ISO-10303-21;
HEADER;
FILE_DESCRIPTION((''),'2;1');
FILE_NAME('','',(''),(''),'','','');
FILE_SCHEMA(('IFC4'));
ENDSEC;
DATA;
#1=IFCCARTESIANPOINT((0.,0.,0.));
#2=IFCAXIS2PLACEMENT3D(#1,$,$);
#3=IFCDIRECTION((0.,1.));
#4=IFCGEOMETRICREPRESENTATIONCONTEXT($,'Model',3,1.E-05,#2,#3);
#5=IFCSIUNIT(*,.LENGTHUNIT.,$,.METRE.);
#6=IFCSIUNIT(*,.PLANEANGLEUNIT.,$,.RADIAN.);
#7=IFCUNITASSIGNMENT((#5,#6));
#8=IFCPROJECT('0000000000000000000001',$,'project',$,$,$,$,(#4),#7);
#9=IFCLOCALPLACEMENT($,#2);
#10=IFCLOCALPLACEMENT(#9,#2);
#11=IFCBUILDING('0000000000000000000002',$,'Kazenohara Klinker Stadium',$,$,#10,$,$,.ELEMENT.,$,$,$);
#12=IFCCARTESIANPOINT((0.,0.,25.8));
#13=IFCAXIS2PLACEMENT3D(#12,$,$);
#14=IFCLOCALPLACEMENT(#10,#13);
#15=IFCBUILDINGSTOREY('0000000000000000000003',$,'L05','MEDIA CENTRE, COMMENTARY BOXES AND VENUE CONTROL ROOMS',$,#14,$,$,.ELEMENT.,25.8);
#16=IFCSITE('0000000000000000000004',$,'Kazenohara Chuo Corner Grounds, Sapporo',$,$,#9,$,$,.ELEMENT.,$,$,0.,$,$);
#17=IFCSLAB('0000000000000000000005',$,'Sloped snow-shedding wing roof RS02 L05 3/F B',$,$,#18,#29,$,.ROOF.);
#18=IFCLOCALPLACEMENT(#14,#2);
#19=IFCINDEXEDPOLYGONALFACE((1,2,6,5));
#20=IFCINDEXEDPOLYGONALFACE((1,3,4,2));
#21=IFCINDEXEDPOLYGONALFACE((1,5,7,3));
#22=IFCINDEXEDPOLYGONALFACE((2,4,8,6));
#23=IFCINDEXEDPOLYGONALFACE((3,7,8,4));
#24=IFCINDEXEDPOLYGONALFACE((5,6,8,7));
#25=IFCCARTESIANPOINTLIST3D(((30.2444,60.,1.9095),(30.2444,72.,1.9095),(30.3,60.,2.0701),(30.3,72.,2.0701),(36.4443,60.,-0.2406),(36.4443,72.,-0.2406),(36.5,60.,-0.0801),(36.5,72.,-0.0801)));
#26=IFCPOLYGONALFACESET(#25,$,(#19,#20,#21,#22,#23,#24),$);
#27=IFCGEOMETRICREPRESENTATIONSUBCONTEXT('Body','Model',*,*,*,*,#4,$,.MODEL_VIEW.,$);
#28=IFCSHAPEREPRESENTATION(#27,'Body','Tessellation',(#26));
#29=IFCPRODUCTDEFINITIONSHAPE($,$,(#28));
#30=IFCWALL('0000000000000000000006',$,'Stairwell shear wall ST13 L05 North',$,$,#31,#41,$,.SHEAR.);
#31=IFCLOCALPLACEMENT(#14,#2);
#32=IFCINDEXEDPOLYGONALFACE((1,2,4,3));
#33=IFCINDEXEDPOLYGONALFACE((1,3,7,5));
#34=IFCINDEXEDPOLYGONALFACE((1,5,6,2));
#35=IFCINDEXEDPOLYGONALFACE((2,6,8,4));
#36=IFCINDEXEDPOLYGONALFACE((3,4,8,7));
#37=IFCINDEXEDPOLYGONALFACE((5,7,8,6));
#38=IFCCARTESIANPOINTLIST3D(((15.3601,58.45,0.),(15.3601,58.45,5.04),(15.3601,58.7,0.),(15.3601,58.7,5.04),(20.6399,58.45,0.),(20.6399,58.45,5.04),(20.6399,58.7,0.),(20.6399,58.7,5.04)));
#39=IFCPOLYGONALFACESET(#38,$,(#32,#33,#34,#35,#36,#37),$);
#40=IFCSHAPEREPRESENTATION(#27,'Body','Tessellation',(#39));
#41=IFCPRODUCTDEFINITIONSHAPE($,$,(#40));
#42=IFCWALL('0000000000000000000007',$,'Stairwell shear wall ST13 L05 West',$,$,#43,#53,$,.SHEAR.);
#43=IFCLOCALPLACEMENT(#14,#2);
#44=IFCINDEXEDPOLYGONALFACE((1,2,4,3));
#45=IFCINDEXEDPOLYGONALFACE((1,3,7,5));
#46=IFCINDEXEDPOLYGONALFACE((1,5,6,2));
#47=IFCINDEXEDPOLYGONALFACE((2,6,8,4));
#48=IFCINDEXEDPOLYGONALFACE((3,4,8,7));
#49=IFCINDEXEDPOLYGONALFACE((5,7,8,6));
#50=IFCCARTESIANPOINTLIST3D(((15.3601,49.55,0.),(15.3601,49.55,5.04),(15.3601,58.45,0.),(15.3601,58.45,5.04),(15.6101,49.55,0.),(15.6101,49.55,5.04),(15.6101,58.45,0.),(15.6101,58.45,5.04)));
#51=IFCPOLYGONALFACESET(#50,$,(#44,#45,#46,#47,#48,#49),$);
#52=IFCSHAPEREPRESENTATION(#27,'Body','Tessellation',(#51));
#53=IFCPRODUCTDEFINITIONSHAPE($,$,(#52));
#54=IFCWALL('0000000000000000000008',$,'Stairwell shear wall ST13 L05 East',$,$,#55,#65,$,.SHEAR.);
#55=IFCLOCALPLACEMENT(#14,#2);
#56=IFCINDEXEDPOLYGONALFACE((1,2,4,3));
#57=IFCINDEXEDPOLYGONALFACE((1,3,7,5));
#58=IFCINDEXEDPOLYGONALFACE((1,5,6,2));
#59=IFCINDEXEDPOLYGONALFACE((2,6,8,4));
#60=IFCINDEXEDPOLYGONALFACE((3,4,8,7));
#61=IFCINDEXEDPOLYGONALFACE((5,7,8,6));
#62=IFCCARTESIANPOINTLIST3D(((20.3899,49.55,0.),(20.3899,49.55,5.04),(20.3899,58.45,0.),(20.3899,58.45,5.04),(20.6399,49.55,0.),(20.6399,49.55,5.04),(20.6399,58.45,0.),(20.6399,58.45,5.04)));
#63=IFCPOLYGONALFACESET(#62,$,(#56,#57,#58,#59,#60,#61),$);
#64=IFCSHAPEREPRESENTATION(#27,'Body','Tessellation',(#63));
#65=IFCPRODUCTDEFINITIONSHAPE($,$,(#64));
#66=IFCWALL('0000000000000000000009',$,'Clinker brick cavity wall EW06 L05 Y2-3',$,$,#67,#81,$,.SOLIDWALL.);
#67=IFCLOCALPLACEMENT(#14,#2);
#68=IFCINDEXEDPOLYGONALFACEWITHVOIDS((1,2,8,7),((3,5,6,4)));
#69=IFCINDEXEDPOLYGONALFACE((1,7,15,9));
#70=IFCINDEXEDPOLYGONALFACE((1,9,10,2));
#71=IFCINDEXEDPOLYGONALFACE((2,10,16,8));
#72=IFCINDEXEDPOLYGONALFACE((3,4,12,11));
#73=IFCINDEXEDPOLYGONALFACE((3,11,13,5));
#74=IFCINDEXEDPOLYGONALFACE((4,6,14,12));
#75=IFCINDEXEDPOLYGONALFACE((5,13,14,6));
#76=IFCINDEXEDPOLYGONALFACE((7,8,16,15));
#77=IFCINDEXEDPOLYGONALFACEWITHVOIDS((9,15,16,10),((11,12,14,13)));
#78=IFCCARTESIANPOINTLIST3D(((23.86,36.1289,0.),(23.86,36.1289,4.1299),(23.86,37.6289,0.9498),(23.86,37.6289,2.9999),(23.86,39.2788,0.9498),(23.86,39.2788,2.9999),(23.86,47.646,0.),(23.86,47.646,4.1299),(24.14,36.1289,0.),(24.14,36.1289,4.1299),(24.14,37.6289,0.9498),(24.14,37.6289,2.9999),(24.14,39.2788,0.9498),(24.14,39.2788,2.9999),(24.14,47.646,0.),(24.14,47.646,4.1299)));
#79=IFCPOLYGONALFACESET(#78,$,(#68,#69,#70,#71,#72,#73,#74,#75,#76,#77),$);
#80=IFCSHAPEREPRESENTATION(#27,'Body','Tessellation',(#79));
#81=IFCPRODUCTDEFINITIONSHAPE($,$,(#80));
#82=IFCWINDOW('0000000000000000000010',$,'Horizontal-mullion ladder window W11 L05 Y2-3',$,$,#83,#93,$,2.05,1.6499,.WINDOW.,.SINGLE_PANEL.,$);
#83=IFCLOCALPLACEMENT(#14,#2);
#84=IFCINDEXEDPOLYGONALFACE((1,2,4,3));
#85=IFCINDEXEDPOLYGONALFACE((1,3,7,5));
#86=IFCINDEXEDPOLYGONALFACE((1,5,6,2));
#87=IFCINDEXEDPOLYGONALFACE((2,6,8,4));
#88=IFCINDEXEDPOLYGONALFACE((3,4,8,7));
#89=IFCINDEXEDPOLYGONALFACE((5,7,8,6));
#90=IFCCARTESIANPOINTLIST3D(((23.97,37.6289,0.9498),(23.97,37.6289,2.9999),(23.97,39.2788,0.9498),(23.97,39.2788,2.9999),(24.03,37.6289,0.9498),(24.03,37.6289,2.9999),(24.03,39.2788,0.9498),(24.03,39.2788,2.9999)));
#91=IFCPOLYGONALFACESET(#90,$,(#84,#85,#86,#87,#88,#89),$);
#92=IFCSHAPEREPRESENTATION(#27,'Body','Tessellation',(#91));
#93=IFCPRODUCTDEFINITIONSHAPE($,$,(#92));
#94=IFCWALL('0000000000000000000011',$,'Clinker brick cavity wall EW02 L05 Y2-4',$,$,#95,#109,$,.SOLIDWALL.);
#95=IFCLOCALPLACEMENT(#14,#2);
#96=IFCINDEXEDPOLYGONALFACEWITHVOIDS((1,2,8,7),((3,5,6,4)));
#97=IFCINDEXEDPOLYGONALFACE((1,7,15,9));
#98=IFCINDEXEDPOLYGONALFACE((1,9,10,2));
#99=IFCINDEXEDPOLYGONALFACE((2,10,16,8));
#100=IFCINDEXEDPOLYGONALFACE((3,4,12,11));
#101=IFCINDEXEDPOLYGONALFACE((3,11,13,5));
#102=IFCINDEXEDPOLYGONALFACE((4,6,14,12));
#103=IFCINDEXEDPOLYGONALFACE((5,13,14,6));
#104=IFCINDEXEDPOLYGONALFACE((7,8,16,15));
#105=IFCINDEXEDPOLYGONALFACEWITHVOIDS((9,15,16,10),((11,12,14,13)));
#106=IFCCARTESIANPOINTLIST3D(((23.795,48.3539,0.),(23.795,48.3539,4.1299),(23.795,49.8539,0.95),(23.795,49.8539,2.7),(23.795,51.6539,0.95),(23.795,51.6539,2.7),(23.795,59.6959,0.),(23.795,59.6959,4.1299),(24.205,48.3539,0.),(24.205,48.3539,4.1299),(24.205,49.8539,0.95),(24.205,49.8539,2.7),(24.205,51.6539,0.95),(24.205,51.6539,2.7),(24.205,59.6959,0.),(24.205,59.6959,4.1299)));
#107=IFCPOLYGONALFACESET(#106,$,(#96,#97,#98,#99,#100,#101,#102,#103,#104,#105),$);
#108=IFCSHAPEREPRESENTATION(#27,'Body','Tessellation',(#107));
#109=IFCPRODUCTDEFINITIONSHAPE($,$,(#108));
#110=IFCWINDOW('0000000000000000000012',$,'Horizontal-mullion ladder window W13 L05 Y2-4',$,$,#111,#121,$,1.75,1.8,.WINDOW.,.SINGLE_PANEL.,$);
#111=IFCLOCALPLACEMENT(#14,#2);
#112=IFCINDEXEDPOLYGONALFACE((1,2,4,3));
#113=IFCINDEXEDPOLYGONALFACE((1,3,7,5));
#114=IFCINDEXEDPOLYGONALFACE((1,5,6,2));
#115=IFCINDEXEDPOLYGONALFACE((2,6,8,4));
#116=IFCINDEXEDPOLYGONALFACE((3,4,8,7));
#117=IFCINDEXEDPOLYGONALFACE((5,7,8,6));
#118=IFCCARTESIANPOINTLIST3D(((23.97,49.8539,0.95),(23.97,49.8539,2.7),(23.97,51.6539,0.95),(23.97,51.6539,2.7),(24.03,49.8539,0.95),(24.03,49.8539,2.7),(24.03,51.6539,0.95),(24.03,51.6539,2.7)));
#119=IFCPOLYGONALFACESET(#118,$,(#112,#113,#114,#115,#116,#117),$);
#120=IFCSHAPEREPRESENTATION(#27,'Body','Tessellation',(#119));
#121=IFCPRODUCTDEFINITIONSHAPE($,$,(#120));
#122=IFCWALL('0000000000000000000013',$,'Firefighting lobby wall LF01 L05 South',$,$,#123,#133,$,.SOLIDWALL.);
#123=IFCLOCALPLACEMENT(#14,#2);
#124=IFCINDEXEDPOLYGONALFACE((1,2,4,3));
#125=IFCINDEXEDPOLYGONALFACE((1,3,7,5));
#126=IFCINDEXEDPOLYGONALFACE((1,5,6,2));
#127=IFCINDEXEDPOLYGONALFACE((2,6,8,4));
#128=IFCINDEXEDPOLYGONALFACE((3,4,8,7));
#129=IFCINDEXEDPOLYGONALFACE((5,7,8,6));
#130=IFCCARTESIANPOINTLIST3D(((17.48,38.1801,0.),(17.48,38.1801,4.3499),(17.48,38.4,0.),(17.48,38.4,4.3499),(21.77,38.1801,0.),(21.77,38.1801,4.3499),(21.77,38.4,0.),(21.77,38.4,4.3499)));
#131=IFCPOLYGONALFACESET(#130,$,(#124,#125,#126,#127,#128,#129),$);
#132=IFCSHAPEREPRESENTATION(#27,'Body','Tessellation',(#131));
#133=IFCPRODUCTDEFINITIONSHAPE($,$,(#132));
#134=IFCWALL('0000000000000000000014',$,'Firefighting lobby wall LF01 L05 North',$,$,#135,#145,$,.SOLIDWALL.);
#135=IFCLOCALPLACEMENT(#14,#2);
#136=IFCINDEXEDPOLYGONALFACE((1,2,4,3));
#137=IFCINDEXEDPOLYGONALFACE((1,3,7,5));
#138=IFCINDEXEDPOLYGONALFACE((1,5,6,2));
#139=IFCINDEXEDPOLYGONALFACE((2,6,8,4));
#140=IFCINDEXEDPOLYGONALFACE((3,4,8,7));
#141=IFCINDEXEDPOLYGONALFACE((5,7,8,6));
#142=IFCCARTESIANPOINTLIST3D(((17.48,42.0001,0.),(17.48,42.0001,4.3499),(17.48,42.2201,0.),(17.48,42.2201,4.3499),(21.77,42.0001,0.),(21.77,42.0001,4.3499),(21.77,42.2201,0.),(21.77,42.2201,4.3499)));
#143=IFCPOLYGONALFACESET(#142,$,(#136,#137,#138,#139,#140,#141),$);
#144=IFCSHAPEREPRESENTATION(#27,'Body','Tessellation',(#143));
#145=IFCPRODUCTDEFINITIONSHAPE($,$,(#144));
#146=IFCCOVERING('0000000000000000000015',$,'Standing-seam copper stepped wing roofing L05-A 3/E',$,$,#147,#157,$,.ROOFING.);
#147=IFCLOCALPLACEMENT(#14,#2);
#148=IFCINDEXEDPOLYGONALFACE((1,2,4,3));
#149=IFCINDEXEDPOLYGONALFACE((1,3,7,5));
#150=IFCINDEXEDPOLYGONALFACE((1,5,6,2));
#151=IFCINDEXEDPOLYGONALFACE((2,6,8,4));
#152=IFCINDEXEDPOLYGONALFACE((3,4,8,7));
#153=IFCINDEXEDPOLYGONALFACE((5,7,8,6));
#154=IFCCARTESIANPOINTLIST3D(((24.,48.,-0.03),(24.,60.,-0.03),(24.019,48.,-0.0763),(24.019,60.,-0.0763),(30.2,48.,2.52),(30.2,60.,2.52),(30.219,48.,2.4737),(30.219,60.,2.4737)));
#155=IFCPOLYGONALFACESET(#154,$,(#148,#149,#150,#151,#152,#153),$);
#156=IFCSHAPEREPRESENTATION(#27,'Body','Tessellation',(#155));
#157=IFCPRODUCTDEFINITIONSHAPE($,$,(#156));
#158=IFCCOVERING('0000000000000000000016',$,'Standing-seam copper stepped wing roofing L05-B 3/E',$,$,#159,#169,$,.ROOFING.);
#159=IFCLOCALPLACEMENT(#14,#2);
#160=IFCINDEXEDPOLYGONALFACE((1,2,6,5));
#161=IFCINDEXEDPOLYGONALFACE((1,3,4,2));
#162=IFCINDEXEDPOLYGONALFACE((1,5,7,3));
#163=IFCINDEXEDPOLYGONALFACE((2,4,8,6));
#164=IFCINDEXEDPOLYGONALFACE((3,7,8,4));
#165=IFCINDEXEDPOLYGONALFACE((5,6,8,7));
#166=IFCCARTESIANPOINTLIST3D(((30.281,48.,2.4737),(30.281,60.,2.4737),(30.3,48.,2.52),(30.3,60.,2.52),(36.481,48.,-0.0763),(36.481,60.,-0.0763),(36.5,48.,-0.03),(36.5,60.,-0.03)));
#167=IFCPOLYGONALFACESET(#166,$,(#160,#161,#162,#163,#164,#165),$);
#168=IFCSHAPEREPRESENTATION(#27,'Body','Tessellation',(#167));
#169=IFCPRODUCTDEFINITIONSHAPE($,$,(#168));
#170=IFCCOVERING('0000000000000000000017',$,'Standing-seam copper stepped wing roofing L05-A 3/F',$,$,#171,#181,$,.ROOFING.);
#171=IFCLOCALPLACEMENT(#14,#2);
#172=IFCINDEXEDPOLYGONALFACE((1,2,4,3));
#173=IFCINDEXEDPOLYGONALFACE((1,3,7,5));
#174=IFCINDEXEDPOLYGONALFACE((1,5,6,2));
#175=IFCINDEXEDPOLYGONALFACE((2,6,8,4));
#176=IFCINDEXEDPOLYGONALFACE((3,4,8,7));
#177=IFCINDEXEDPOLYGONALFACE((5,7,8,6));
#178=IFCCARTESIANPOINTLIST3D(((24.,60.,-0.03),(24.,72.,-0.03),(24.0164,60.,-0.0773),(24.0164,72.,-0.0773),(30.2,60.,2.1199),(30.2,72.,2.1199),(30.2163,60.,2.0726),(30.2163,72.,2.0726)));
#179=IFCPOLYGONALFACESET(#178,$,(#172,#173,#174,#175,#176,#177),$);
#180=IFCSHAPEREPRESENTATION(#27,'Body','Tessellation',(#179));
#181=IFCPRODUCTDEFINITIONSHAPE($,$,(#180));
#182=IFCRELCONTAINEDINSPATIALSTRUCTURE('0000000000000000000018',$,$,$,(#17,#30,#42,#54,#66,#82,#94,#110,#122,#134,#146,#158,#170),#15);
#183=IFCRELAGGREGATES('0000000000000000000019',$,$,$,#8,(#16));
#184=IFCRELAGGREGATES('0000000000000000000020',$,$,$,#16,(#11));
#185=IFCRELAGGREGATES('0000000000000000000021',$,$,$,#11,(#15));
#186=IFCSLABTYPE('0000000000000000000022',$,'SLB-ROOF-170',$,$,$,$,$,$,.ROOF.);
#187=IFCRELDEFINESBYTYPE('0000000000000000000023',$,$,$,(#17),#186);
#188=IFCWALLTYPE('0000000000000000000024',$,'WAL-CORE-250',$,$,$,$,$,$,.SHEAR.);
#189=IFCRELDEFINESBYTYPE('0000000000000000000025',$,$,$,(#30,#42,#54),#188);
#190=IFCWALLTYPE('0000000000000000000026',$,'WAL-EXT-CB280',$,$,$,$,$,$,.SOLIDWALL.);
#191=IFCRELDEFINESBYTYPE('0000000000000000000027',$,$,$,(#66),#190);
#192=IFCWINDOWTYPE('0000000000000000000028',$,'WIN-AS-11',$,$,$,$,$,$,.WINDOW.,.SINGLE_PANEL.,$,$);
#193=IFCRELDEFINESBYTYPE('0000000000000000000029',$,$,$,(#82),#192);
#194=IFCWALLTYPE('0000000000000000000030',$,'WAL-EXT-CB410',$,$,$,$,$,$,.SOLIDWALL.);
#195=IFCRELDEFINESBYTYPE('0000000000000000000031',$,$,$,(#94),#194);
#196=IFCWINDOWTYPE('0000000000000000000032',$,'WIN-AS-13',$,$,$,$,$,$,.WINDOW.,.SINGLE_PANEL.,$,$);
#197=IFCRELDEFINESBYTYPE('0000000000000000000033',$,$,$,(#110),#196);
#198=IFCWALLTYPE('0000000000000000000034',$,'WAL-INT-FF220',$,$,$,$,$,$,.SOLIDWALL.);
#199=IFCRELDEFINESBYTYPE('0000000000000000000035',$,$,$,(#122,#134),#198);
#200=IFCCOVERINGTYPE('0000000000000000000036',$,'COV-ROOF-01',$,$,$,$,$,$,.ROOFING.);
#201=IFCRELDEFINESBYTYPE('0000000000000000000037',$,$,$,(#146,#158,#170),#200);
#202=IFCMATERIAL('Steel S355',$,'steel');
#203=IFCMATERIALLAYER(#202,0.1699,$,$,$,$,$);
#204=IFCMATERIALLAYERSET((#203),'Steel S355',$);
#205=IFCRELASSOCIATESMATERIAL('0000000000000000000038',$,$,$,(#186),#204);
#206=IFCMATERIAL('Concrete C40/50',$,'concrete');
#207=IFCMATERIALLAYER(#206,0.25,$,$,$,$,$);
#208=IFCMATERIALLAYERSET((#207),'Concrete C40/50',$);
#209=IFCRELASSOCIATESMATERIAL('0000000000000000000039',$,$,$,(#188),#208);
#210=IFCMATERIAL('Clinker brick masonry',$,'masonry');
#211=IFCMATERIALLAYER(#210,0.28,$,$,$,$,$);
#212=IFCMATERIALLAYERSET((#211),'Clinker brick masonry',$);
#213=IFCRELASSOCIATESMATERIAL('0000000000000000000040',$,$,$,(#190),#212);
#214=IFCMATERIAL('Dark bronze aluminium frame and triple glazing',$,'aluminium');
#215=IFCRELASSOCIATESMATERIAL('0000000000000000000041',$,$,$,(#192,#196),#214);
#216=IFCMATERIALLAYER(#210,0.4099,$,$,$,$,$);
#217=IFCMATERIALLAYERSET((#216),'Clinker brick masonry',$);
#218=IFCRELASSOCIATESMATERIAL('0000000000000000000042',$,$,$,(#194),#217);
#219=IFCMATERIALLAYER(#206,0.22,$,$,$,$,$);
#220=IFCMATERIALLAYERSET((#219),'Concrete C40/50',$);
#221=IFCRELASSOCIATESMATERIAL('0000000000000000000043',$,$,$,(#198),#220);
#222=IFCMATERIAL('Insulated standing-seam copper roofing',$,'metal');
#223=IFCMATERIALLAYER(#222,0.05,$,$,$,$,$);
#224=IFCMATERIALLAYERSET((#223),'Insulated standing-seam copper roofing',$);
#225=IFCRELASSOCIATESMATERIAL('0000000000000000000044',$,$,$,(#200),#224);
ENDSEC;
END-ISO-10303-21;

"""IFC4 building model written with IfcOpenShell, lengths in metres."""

from ifc_helpers import new_model, si_unit, direction, frame, frame_2d, origin, place, context, subcontext, project, spatial, polyline, rectangle, outline, extrude, material, layer, layer_set, type_object, element, fill, save


model = new_model("IFC4")

# Units and contexts
model_context = context("Model", 3, precision=1e-05, world=origin(), true_north=direction((0.0, 1.0)))
body_context = subcontext(model_context, "Body", "Model", "MODEL_VIEW")
ifc_project = project(units=[si_unit("LENGTHUNIT", "METRE"), si_unit("PLANEANGLEUNIT", "RADIAN")], contexts=[model_context])

# Site, building, storey
site_placement = place(None, origin())
site = spatial("IfcSite", under=ifc_project, at=site_placement, Name="Kazenohara Chuo Corner Grounds, Sapporo", CompositionType="ELEMENT", RefElevation=0.0)
building_placement = place(site_placement, origin())
building = spatial("IfcBuilding", under=site, at=building_placement, Name="Kazenohara Klinker Stadium", CompositionType="ELEMENT")
storey_placement = place(building_placement, frame((0.0, 0.0, 25.8)))
storey = spatial("IfcBuildingStorey", under=building, at=storey_placement, Name="L05", Description="MEDIA CENTRE, COMMENTARY BOXES AND VENUE CONTROL ROOMS", CompositionType="ELEMENT", Elevation=25.8)

# Shared definitions
ifc_material_1 = material(Name="Concrete C40/50", Category="concrete")
ifc_material_2 = material(Name="Steel S355", Category="steel")

# Slab
ifc_layer_1 = layer(ifc_material_2, 0.1699)
ifc_layer_set_1 = layer_set([ifc_layer_1], Name="Steel S355")
slab_type = type_object("IfcSlabType", Name="SLB-ROOF-170", PredefinedType="ROOF", material=ifc_layer_set_1)
for number, where, z_axis, x_axis, name in (
    (1, (30.3, 60.0, 2.0701), (0.327656, 0.0, 0.944797), (0.944797, 0.0, -0.327656), "Sloped snow-shedding wing roof RS02 L05 3/F B"),
):
    element("IfcSlab", number, at=place(storey_placement, frame(where, z_axis=z_axis, x_axis=x_axis)), inside=storey, type_object=slab_type, Name=name, PredefinedType="ROOF", context=body_context, shape_type="SweptSolid", body=[
        extrude(outline(polyline([(0.0, 0.0), (6.5622, 0.0), (6.5622, 12.0), (0.0, 12.0), (0.0, 0.0)])), origin(), (0.0, 0.0, -1.0), 0.1699),
    ])

# Walls
ifc_layer_2 = layer(ifc_material_1, 0.25)
ifc_layer_set_2 = layer_set([ifc_layer_2], Name="Concrete C40/50")
wall_type_1 = type_object("IfcWallType", Name="WAL-CORE-250", PredefinedType="SHEAR", material=ifc_layer_set_2)
wall_1_placement = place(storey_placement, frame((15.3601, 58.575, 0.0), z_axis=(0.0, 0.0, 1.0), x_axis=(1.0, 0.0, 0.0)))
element("IfcWall", 2, at=wall_1_placement, inside=storey, type_object=wall_type_1, Name="Stairwell shear wall ST13 L05 North", PredefinedType="SHEAR", context=body_context, shape_type="SweptSolid", body=[
    extrude(rectangle(XDim=5.2798, YDim=0.25, at=frame_2d((2.6399, 0.0))), origin(), (0.0, 0.0, 1.0), 5.04),
])
for number, where, z_axis, x_axis, name in (
    (3, (15.4851, 49.55, 0.0), (0.0, 0.0, 1.0), (0.0, 1.0, 0.0), "Stairwell shear wall ST13 L05 West"),
    (4, (20.5149, 49.55, 0.0), (0.0, 0.0, 1.0), (0.0, 1.0, 0.0), "Stairwell shear wall ST13 L05 East"),
):
    element("IfcWall", number, at=place(storey_placement, frame(where, z_axis=z_axis, x_axis=x_axis)), inside=storey, type_object=wall_type_1, Name=name, PredefinedType="SHEAR", context=body_context, shape_type="SweptSolid", body=[
        extrude(rectangle(XDim=8.8999, YDim=0.25, at=frame_2d((4.45, 0.0))), origin(), (0.0, 0.0, 1.0), 5.04),
    ])

# Walls, openings, windows
ifc_material_3 = material(Name="Clinker brick masonry", Category="masonry")
ifc_layer_3 = layer(ifc_material_3, 0.28)
ifc_layer_set_3 = layer_set([ifc_layer_3], Name="Clinker brick masonry")
wall_type_2 = type_object("IfcWallType", Name="WAL-EXT-CB280", PredefinedType="SOLIDWALL", material=ifc_layer_set_3)
wall_2_placement = place(storey_placement, frame((24.0, 36.1289, 0.0), z_axis=(0.0, 0.0, 1.0), x_axis=(0.0, 1.0, 0.0)))
wall_2 = element("IfcWall", 5, at=wall_2_placement, inside=storey, type_object=wall_type_2, Name="Clinker brick cavity wall EW06 L05 Y2-3", PredefinedType="SOLIDWALL", context=body_context, shape_type="SweptSolid", body=[
    extrude(rectangle(XDim=11.5171, YDim=0.28, at=frame_2d((5.7585, 0.0))), origin(), (0.0, 0.0, 1.0), 4.1299),
])
opening_1_placement = place(wall_2_placement, frame((1.5, 0.0, 0.95)))
opening_1 = element("IfcOpeningElement", 6, at=opening_1_placement, cuts=wall_2, PredefinedType="OPENING", context=body_context, shape_type="SweptSolid", body=[
    extrude(rectangle(XDim=1.6499, YDim=2.05, at=frame_2d((0.825, 1.0249))), frame((0.0, 0.1499, 0.0), z_axis=(0.0, -1.0, 0.0), x_axis=(1.0, 0.0, 0.0)), (0.0, 0.0, 1.0), 0.3),
])
ifc_material_4 = material(Name="Dark bronze aluminium frame and triple glazing", Category="aluminium")
window_type_1 = type_object("IfcWindowType", Name="WIN-AS-11", PartitioningType="SINGLE_PANEL", PredefinedType="WINDOW", material=ifc_material_4)
window_1_placement = place(opening_1_placement, origin())
window_1 = element("IfcWindow", 7, at=window_1_placement, inside=storey, type_object=window_type_1, Name="Horizontal-mullion ladder window W11 L05 Y2-3", OverallHeight=2.05, OverallWidth=1.6499, PartitioningType="SINGLE_PANEL", PredefinedType="WINDOW", context=body_context, shape_type="SweptSolid", body=[
    extrude(rectangle(XDim=1.6499, YDim=2.05, at=frame_2d((0.825, 1.0249))), frame((0.0, 0.03, 0.0), z_axis=(0.0, -1.0, 0.0), x_axis=(1.0, 0.0, 0.0)), (0.0, 0.0, 1.0), 0.0601),
])
fill(opening_1, window_1)
ifc_layer_4 = layer(ifc_material_3, 0.4099)
ifc_layer_set_4 = layer_set([ifc_layer_4], Name="Clinker brick masonry")
wall_type_3 = type_object("IfcWallType", Name="WAL-EXT-CB410", PredefinedType="SOLIDWALL", material=ifc_layer_set_4)
wall_3_placement = place(storey_placement, frame((24.0, 48.354, 0.0), z_axis=(0.0, 0.0, 1.0), x_axis=(0.0, 1.0, 0.0)))
wall_3 = element("IfcWall", 8, at=wall_3_placement, inside=storey, type_object=wall_type_3, Name="Clinker brick cavity wall EW02 L05 Y2-4", PredefinedType="SOLIDWALL", context=body_context, shape_type="SweptSolid", body=[
    extrude(rectangle(XDim=11.342, YDim=0.4099, at=frame_2d((5.6709, 0.0))), origin(), (0.0, 0.0, 1.0), 4.1299),
])
opening_2_placement = place(wall_3_placement, frame((1.5, 0.0, 0.95)))
opening_2 = element("IfcOpeningElement", 9, at=opening_2_placement, cuts=wall_3, PredefinedType="OPENING", context=body_context, shape_type="SweptSolid", body=[
    extrude(rectangle(XDim=1.8, YDim=1.75, at=frame_2d((0.8999, 0.875))), frame((0.0, 0.2148, 0.0), z_axis=(0.0, -1.0, 0.0), x_axis=(1.0, 0.0, 0.0)), (0.0, 0.0, 1.0), 0.4299),
])
window_type_2 = type_object("IfcWindowType", Name="WIN-AS-13", PartitioningType="SINGLE_PANEL", PredefinedType="WINDOW", material=ifc_material_4)
window_2_placement = place(opening_2_placement, origin())
window_2 = element("IfcWindow", 10, at=window_2_placement, inside=storey, type_object=window_type_2, Name="Horizontal-mullion ladder window W13 L05 Y2-4", OverallHeight=1.75, OverallWidth=1.8, PartitioningType="SINGLE_PANEL", PredefinedType="WINDOW", context=body_context, shape_type="SweptSolid", body=[
    extrude(rectangle(XDim=1.8, YDim=1.75, at=frame_2d((0.8999, 0.875))), frame((0.0, 0.03, 0.0), z_axis=(0.0, -1.0, 0.0), x_axis=(1.0, 0.0, 0.0)), (0.0, 0.0, 1.0), 0.0601),
])
fill(opening_2, window_2)

# Walls
ifc_layer_5 = layer(ifc_material_1, 0.22)
ifc_layer_set_5 = layer_set([ifc_layer_5], Name="Concrete C40/50")
wall_type_4 = type_object("IfcWallType", Name="WAL-INT-FF220", PredefinedType="SOLIDWALL", material=ifc_layer_set_5)
for number, where, z_axis, x_axis, name in (
    (11, (17.48, 38.29, 0.0), (0.0, 0.0, 1.0), (1.0, 0.0, 0.0), "Firefighting lobby wall LF01 L05 South"),
    (12, (17.48, 42.1101, 0.0), (0.0, 0.0, 1.0), (1.0, 0.0, 0.0), "Firefighting lobby wall LF01 L05 North"),
):
    element("IfcWall", number, at=place(storey_placement, frame(where, z_axis=z_axis, x_axis=x_axis)), inside=storey, type_object=wall_type_4, Name=name, PredefinedType="SOLIDWALL", context=body_context, shape_type="SweptSolid", body=[
        extrude(rectangle(XDim=4.29, YDim=0.22, at=frame_2d((2.145, 0.0))), origin(), (0.0, 0.0, 1.0), 4.3499),
    ])

# Coverings
ifc_material_5 = material(Name="Insulated standing-seam copper roofing", Category="metal")
ifc_layer_6 = layer(ifc_material_5, 0.05)
ifc_layer_set_6 = layer_set([ifc_layer_6], Name="Insulated standing-seam copper roofing")
covering_type = type_object("IfcCoveringType", Name="COV-ROOF-01", PredefinedType="ROOFING", material=ifc_layer_set_6)
for number, where, z_axis, x_axis, name in (
    (13, (24.0, 48.0, -0.03), (-0.380383, 0.0, 0.924829), (0.924829, 0.0, 0.380383), "Standing-seam copper stepped wing roofing L05-A 3/E"),
    (14, (30.3, 48.0, 2.52), (0.380383, 0.0, 0.924829), (0.924829, 0.0, -0.380383), "Standing-seam copper stepped wing roofing L05-B 3/E"),
):
    element("IfcCovering", number, at=place(storey_placement, frame(where, z_axis=z_axis, x_axis=x_axis)), inside=storey, type_object=covering_type, Name=name, PredefinedType="ROOFING", context=body_context, shape_type="SweptSolid", body=[
        extrude(outline(polyline([(0.0, 0.0), (6.7039, 0.0), (6.7039, 12.0), (0.0, 12.0), (0.0, 0.0)])), origin(), (0.0, 0.0, -1.0), 0.05),
    ])
for number, where, z_axis, x_axis, name in (
    (15, (24.0, 60.0, -0.03), (-0.327623, 0.0, 0.944809), (0.944809, 0.0, 0.327623), "Standing-seam copper stepped wing roofing L05-A 3/F"),
):
    element("IfcCovering", number, at=place(storey_placement, frame(where, z_axis=z_axis, x_axis=x_axis)), inside=storey, type_object=covering_type, Name=name, PredefinedType="ROOFING", context=body_context, shape_type="SweptSolid", body=[
        extrude(outline(polyline([(0.0, 0.0), (6.5621, 0.0), (6.5621, 12.0), (0.0, 12.0), (0.0, 0.0)])), origin(), (0.0, 0.0, -1.0), 0.05),
    ])

save(model, "model.ifc")
